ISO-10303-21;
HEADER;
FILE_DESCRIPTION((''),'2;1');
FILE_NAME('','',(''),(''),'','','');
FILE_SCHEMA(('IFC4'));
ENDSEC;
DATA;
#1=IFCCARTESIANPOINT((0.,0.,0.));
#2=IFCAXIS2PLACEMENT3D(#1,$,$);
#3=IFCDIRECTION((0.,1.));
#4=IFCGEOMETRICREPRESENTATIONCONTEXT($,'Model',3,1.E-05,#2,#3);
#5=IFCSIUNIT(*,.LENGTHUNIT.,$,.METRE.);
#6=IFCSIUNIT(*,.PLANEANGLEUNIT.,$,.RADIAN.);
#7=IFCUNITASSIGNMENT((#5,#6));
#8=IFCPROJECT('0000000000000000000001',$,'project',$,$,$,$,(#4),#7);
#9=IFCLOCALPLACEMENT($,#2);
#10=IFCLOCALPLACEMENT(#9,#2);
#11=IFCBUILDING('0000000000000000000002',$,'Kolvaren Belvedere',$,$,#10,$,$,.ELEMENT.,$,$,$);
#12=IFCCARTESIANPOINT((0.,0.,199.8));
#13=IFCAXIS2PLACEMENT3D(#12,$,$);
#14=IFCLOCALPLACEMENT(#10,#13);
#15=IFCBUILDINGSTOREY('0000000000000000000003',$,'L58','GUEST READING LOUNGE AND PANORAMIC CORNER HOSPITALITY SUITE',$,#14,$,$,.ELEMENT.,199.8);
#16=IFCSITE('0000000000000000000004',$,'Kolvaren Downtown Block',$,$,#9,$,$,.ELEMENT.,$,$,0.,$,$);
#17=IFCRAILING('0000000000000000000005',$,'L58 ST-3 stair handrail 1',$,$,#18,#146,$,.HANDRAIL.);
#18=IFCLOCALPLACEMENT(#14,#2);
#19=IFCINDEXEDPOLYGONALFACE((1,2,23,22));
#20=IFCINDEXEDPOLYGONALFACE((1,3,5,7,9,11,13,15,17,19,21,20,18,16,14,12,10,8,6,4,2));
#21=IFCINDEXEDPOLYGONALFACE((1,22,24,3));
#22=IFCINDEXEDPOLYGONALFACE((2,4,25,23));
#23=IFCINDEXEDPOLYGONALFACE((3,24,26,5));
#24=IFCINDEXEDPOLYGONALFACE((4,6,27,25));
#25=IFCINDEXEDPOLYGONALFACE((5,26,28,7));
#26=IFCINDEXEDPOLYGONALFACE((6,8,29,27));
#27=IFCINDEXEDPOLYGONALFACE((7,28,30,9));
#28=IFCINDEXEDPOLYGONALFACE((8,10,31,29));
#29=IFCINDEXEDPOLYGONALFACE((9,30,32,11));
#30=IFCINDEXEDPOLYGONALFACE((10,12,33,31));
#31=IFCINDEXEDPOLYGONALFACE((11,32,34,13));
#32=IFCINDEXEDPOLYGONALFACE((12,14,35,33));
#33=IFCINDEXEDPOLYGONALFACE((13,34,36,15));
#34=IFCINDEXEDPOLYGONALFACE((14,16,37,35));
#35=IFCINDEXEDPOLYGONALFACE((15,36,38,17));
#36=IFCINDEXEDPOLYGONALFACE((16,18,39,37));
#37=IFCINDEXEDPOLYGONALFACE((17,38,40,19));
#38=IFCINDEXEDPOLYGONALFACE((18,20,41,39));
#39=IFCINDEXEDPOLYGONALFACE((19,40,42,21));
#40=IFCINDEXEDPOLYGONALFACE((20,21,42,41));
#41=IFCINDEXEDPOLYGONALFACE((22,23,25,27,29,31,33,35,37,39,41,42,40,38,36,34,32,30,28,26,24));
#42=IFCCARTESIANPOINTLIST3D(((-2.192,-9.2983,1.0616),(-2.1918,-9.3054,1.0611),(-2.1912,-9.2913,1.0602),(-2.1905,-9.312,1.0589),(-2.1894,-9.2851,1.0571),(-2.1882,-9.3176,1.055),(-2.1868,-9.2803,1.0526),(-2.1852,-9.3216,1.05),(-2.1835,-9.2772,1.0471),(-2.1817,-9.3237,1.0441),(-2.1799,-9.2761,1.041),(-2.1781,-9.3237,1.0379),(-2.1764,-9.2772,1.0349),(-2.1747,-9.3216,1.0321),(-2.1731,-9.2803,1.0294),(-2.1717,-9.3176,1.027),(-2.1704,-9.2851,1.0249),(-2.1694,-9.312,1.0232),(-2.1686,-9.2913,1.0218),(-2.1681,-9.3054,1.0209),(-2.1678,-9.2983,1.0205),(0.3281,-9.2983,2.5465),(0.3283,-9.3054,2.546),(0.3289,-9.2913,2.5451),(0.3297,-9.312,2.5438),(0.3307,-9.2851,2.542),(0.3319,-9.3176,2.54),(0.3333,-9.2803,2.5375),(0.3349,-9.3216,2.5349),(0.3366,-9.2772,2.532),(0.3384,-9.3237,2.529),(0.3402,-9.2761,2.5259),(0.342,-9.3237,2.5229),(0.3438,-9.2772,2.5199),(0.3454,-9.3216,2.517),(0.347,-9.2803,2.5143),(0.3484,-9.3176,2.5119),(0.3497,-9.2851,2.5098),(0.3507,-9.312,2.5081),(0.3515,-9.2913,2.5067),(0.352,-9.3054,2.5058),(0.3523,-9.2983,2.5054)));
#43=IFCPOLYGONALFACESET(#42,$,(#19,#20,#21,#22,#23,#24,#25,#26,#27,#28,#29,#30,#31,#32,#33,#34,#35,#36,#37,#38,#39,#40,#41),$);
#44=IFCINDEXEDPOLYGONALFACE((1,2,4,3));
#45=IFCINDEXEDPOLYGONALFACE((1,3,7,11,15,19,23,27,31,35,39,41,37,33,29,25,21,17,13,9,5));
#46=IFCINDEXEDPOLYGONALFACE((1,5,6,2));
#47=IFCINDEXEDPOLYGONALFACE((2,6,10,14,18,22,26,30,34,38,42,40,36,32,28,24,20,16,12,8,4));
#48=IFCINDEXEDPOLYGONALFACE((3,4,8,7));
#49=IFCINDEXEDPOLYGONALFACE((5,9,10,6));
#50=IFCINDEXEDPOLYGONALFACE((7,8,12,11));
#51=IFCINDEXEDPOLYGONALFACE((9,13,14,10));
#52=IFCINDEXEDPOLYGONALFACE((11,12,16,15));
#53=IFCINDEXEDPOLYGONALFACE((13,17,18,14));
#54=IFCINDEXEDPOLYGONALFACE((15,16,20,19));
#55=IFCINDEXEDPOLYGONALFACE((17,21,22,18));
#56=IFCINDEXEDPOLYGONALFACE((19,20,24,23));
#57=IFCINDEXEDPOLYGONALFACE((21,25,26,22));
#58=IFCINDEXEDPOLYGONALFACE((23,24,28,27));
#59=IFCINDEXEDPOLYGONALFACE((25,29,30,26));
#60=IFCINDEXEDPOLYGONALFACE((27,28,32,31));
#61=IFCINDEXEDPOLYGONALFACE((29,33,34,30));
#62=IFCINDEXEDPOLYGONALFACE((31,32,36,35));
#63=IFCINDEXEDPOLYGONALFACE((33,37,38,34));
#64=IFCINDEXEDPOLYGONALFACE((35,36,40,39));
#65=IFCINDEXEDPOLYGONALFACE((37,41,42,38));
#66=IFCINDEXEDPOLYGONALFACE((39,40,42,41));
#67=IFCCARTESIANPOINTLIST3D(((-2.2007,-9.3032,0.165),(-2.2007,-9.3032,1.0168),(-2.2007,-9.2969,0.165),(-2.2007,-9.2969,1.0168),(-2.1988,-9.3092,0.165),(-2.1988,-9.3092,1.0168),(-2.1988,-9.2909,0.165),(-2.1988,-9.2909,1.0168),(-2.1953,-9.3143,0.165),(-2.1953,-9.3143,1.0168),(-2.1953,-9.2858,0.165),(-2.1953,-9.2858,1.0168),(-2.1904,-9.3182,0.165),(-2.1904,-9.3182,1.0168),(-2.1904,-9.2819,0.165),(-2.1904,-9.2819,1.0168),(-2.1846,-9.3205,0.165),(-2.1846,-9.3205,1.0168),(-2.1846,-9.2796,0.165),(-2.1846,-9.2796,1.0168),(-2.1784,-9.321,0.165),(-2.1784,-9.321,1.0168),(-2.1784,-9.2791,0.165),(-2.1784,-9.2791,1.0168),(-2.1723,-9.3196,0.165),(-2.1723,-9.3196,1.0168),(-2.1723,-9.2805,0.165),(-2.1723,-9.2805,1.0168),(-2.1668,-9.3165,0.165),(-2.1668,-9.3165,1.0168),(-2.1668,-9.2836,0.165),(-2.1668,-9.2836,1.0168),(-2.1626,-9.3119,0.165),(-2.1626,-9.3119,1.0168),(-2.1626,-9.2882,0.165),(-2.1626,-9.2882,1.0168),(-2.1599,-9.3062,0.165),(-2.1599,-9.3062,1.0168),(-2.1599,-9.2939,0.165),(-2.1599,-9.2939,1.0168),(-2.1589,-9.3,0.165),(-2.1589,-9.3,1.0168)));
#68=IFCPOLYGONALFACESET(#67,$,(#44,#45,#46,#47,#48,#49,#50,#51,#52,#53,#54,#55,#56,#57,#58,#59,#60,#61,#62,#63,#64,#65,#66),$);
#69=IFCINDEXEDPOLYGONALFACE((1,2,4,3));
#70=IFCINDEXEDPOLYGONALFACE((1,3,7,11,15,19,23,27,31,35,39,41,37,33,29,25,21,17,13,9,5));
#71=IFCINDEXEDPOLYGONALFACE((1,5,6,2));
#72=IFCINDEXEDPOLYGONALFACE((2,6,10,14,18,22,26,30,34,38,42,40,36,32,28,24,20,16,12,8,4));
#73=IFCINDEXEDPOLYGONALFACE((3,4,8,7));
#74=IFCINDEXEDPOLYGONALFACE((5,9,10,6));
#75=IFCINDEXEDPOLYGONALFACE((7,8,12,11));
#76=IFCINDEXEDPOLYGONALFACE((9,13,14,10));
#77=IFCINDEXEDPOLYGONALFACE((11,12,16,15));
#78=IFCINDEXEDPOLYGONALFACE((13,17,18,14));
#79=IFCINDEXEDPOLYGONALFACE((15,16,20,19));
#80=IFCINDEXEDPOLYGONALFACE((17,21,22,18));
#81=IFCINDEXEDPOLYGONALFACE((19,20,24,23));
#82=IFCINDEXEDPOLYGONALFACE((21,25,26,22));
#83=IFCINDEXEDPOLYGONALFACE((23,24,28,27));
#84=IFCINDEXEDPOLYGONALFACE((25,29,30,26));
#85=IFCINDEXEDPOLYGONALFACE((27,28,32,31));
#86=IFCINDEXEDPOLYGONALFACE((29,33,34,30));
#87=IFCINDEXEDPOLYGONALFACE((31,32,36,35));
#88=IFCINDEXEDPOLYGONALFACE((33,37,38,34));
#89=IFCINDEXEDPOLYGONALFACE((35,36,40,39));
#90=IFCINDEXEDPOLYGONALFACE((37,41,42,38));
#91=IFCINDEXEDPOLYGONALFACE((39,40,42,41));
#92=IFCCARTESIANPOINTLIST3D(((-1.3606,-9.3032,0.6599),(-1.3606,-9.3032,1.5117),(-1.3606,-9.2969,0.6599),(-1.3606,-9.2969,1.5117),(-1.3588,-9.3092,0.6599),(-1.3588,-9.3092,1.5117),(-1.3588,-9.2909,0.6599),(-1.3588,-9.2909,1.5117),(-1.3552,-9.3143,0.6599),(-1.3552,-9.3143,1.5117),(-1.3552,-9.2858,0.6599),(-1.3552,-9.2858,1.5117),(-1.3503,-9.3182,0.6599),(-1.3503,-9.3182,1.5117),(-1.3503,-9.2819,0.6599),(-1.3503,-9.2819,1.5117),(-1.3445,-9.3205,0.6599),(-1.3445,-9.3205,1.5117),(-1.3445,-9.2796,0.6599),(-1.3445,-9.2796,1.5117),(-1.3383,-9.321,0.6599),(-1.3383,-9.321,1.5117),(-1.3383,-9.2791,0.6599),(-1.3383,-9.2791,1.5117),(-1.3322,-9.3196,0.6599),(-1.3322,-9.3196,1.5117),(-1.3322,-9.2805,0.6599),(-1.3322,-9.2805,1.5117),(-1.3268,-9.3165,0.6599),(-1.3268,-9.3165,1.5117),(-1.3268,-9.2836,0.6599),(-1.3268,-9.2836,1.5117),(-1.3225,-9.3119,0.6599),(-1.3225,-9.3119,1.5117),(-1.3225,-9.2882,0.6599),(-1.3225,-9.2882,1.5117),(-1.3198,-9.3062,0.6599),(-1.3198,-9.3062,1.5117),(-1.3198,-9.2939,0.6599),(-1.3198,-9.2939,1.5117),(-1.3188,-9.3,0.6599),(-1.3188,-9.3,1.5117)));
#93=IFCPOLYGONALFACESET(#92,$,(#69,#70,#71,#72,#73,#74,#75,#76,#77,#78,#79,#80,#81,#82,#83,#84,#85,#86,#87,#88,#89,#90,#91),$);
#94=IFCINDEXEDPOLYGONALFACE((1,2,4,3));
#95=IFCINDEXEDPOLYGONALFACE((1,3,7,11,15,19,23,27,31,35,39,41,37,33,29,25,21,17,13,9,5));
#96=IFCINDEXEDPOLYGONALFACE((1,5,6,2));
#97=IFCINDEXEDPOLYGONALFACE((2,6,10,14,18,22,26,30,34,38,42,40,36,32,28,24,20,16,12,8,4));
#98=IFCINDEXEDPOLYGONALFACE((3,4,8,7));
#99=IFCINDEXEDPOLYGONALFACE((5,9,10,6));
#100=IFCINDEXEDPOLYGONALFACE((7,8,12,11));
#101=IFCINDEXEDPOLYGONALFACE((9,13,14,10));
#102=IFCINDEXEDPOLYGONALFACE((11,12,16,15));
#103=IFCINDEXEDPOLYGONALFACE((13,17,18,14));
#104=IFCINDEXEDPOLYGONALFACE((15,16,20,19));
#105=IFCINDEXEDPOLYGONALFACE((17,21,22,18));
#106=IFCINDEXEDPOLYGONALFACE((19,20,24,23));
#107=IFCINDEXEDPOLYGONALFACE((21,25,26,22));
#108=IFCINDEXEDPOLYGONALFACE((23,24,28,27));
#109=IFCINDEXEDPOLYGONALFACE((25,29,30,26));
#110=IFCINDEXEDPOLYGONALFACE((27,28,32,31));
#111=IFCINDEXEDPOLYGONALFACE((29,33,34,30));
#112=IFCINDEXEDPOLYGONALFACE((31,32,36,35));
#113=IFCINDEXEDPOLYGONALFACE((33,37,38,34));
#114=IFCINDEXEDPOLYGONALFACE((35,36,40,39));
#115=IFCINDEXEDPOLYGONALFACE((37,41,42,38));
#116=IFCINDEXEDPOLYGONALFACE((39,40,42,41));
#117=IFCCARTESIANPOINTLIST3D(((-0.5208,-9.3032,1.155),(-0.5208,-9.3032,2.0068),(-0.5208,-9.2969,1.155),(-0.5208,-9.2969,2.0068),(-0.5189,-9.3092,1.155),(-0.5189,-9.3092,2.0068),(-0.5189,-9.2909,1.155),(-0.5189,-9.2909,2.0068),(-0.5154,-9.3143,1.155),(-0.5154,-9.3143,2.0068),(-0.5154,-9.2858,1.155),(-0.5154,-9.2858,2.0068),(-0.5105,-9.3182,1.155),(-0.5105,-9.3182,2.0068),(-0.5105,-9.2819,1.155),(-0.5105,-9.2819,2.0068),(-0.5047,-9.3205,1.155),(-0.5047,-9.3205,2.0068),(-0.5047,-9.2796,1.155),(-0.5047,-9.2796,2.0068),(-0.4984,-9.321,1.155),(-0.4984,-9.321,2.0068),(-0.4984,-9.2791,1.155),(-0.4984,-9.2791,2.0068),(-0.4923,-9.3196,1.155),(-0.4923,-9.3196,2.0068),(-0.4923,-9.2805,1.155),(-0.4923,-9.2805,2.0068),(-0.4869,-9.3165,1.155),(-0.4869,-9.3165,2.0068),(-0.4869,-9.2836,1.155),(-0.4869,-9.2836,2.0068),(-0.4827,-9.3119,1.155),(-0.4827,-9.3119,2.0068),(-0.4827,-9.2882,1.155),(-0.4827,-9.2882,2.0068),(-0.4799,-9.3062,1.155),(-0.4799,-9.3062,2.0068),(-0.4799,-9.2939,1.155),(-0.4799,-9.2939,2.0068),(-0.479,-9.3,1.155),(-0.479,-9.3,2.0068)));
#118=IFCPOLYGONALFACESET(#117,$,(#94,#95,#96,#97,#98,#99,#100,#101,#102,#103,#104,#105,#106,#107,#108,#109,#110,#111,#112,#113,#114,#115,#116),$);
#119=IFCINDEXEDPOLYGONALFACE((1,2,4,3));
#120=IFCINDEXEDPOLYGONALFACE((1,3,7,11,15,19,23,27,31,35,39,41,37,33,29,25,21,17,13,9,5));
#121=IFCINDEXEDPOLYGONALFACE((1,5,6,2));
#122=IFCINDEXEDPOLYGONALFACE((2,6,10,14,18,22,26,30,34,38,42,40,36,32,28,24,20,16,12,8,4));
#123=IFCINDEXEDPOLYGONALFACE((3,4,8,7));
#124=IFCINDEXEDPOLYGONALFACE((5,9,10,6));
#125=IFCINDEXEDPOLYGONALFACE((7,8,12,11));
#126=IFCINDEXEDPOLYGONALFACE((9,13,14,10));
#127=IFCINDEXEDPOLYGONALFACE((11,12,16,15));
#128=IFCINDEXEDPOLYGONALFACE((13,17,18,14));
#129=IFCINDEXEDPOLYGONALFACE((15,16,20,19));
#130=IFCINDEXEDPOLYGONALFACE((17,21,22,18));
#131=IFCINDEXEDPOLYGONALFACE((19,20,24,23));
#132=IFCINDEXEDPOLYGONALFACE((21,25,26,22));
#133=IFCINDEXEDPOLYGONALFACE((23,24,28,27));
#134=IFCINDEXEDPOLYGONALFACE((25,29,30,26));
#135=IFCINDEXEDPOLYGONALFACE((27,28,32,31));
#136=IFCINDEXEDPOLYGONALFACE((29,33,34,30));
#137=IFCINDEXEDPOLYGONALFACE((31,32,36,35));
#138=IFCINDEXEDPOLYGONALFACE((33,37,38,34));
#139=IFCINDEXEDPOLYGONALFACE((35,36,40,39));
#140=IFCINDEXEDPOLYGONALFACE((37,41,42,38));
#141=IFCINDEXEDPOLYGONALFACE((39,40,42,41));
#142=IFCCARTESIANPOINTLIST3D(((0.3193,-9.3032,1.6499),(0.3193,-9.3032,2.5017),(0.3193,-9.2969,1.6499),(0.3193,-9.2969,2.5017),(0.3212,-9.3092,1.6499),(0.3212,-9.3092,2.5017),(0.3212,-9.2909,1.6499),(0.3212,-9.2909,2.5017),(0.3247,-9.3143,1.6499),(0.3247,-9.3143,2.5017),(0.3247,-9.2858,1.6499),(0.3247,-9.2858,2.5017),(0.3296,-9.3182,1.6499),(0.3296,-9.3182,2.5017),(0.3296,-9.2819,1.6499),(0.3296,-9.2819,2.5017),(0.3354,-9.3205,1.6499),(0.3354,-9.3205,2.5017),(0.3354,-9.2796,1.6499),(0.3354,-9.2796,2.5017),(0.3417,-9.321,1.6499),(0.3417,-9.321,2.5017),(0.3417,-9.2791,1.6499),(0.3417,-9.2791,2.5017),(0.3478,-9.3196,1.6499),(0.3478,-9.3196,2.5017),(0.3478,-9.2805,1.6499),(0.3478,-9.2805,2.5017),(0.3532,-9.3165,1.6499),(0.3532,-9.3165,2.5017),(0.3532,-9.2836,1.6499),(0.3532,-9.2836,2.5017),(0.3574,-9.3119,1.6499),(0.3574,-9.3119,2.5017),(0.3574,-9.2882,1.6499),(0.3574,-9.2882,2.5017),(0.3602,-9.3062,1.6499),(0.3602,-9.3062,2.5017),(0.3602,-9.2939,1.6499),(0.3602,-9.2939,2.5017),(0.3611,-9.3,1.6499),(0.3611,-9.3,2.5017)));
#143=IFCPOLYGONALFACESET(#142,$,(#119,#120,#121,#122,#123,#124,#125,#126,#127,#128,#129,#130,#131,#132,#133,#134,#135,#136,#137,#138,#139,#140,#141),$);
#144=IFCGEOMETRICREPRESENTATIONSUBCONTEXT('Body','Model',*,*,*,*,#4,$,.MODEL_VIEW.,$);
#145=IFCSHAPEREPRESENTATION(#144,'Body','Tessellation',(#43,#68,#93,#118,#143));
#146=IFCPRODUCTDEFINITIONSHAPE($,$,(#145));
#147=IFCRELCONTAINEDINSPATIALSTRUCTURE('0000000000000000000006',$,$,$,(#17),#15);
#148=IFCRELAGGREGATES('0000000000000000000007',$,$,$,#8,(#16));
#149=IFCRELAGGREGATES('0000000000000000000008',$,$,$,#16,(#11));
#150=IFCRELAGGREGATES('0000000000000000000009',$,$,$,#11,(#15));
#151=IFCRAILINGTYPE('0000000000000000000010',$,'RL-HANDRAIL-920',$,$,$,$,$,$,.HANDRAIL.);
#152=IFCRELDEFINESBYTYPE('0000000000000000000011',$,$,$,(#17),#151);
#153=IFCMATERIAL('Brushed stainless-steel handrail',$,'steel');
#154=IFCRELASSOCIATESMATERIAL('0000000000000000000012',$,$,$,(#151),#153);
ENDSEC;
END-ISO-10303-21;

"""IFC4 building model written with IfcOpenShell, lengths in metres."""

from ifc_helpers import new_model, si_unit, direction, frame, origin, origin_2d, place, context, subcontext, project, spatial, circle, extrude, material, type_object, element, save


model = new_model("IFC4")

# Units and contexts
model_context = context("Model", 3, precision=1e-05, world=origin(), true_north=direction((0.0, 1.0)))
body_context = subcontext(model_context, "Body", "Model", "MODEL_VIEW")
ifc_project = project(units=[si_unit("LENGTHUNIT", "METRE"), si_unit("PLANEANGLEUNIT", "RADIAN")], contexts=[model_context])

# Site, building, storey
site_placement = place(None, origin())
site = spatial("IfcSite", under=ifc_project, at=site_placement, Name="Kolvaren Downtown Block", CompositionType="ELEMENT", RefElevation=0.0)
building_placement = place(site_placement, origin())
building = spatial("IfcBuilding", under=site, at=building_placement, Name="Kolvaren Belvedere", CompositionType="ELEMENT")
storey_placement = place(building_placement, frame((0.0, 0.0, 199.8)))
storey = spatial("IfcBuildingStorey", under=building, at=storey_placement, Name="L58", Description="GUEST READING LOUNGE AND PANORAMIC CORNER HOSPITALITY SUITE", CompositionType="ELEMENT", Elevation=199.8)

# Railing
ifc_material_1 = material(Name="Brushed stainless-steel handrail", Category="steel")
railing_type_1 = type_object("IfcRailingType", Name="RL-HANDRAIL-920", PredefinedType="HANDRAIL", material=ifc_material_1)
railing_1_placement = place(storey_placement, frame((-2.1799, -9.3, 0.165)))
element("IfcRailing", 1, at=railing_1_placement, inside=storey, type_object=railing_type_1, Name="L58 ST-3 stair handrail 1", PredefinedType="HANDRAIL", context=body_context, shape_type="SweptSolid", body=[
    extrude(circle(Radius=0.0239, at=origin_2d()), frame((0.0, 0.0, 0.876), z_axis=(0.861561, 0.0, 0.507655), x_axis=(0.0, 1.0, 0.0)), (0.0, 0.0, 1.0), 2.925),
    extrude(circle(Radius=0.021, at=origin_2d()), origin(), (0.0, 0.0, 1.0), 0.8518),
    extrude(circle(Radius=0.021, at=origin_2d()), frame((0.8401, 0.0, 0.4949)), (0.0, 0.0, 1.0), 0.8518),
    extrude(circle(Radius=0.021, at=origin_2d()), frame((1.6799, 0.0, 0.99)), (0.0, 0.0, 1.0), 0.8518),
    extrude(circle(Radius=0.021, at=origin_2d()), frame((2.52, 0.0, 1.4849)), (0.0, 0.0, 1.0), 0.8518),
])

save(model, "model.ifc")
